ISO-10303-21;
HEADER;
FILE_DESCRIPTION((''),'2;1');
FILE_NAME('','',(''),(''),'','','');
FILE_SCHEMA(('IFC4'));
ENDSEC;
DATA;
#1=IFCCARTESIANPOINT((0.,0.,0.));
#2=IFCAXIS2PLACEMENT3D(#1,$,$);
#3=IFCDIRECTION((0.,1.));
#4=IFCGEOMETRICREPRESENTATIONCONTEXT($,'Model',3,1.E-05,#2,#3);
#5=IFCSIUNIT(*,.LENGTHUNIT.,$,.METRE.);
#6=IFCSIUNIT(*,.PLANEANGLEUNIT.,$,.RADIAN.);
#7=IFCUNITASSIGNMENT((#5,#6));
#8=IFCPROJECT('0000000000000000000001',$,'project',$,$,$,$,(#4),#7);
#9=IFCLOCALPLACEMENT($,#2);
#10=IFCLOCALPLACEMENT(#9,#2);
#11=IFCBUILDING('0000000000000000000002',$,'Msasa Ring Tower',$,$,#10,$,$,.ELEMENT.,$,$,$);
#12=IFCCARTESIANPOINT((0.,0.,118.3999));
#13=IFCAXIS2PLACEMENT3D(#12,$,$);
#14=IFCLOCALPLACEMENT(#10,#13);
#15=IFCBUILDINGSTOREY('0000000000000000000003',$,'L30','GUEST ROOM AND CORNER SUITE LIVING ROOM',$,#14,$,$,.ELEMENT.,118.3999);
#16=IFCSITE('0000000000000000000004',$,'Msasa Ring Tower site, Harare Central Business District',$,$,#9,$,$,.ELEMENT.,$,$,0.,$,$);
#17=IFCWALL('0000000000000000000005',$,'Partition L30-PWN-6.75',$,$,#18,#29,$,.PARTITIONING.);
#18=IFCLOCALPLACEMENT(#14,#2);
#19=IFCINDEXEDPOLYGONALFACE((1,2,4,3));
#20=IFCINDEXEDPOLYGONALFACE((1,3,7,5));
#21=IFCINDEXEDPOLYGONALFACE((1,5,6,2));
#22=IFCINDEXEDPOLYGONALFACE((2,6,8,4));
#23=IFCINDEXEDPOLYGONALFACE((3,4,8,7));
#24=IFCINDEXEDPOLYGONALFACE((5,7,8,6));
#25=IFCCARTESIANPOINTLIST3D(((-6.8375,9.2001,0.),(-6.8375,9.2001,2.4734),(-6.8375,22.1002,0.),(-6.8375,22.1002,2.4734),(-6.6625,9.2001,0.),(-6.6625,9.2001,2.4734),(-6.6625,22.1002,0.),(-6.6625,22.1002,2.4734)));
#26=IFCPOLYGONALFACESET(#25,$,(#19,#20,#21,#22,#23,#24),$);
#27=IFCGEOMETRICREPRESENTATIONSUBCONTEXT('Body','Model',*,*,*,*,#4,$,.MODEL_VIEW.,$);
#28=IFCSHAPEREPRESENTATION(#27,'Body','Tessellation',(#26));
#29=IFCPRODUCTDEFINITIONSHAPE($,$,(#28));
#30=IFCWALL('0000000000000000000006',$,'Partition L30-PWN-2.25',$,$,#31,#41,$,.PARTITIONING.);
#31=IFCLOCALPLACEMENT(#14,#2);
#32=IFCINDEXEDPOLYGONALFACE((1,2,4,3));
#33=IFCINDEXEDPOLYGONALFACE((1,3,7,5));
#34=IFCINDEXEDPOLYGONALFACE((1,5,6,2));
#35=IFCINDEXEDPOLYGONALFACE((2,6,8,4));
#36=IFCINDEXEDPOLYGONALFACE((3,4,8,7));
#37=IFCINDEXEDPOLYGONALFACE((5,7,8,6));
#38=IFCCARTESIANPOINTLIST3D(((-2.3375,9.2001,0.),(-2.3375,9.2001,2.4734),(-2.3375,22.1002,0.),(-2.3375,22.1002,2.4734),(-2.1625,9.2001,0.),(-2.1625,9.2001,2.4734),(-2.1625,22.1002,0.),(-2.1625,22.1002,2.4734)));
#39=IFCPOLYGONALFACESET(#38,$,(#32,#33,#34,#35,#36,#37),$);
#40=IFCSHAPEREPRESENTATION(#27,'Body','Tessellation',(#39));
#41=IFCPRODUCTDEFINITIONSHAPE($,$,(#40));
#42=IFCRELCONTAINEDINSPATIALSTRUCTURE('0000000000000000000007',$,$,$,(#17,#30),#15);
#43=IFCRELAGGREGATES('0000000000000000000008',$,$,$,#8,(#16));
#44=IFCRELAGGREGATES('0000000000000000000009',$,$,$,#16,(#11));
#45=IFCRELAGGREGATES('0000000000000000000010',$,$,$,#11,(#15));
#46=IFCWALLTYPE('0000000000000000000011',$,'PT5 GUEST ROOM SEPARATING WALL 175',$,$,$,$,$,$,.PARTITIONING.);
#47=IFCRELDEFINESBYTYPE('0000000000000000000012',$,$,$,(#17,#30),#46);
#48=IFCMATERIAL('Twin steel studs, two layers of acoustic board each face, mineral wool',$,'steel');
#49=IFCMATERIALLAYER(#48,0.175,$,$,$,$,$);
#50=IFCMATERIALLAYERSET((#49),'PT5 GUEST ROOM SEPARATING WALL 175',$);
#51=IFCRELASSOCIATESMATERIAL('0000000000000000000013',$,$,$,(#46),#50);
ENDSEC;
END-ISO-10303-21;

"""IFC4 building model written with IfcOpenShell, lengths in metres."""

from ifc_helpers import new_model, si_unit, direction, frame, frame_2d, origin, place, context, subcontext, project, spatial, rectangle, extrude, material, layer, layer_set, type_object, element, save


model = new_model("IFC4")

# Units and contexts
model_context = context("Model", 3, precision=1e-05, world=origin(), true_north=direction((0.0, 1.0)))
body_context = subcontext(model_context, "Body", "Model", "MODEL_VIEW")
ifc_project = project(units=[si_unit("LENGTHUNIT", "METRE"), si_unit("PLANEANGLEUNIT", "RADIAN")], contexts=[model_context])

# Site, building, storey
site_placement = place(None, origin())
site = spatial("IfcSite", under=ifc_project, at=site_placement, Name="Msasa Ring Tower site, Harare Central Business District", CompositionType="ELEMENT", RefElevation=0.0)
building_placement = place(site_placement, origin())
building = spatial("IfcBuilding", under=site, at=building_placement, Name="Msasa Ring Tower", CompositionType="ELEMENT")
storey_placement = place(building_placement, frame((0.0, 0.0, 118.3999)))
storey = spatial("IfcBuildingStorey", under=building, at=storey_placement, Name="L30", Description="GUEST ROOM AND CORNER SUITE LIVING ROOM", CompositionType="ELEMENT", Elevation=118.3999)

# Walls
ifc_material_1 = material(Name="Twin steel studs, two layers of acoustic board each face, mineral wool", Category="steel")
ifc_layer_1 = layer(ifc_material_1, 0.175)
ifc_layer_set_1 = layer_set([ifc_layer_1], Name="PT5 GUEST ROOM SEPARATING WALL 175")
wall_type_1 = type_object("IfcWallType", Name="PT5 GUEST ROOM SEPARATING WALL 175", PredefinedType="PARTITIONING", material=ifc_layer_set_1)
for number, where, z_axis, x_axis, name in (
    (1, (-6.75, 9.2, 0.0), (0.0, 0.0, 1.0), (0.0, 1.0, 0.0), "Partition L30-PWN-6.75"),
    (2, (-2.25, 9.2, 0.0), (0.0, 0.0, 1.0), (0.0, 1.0, 0.0), "Partition L30-PWN-2.25"),
):
    element("IfcWall", number, at=place(storey_placement, frame(where, z_axis=z_axis, x_axis=x_axis)), inside=storey, type_object=wall_type_1, Name=name, PredefinedType="PARTITIONING", context=body_context, shape_type="SweptSolid", body=[
        extrude(rectangle(XDim=12.9001, YDim=0.175, at=frame_2d((6.4502, 0.0))), origin(), (0.0, 0.0, 1.0), 2.4734),
    ])

save(model, "model.ifc")
